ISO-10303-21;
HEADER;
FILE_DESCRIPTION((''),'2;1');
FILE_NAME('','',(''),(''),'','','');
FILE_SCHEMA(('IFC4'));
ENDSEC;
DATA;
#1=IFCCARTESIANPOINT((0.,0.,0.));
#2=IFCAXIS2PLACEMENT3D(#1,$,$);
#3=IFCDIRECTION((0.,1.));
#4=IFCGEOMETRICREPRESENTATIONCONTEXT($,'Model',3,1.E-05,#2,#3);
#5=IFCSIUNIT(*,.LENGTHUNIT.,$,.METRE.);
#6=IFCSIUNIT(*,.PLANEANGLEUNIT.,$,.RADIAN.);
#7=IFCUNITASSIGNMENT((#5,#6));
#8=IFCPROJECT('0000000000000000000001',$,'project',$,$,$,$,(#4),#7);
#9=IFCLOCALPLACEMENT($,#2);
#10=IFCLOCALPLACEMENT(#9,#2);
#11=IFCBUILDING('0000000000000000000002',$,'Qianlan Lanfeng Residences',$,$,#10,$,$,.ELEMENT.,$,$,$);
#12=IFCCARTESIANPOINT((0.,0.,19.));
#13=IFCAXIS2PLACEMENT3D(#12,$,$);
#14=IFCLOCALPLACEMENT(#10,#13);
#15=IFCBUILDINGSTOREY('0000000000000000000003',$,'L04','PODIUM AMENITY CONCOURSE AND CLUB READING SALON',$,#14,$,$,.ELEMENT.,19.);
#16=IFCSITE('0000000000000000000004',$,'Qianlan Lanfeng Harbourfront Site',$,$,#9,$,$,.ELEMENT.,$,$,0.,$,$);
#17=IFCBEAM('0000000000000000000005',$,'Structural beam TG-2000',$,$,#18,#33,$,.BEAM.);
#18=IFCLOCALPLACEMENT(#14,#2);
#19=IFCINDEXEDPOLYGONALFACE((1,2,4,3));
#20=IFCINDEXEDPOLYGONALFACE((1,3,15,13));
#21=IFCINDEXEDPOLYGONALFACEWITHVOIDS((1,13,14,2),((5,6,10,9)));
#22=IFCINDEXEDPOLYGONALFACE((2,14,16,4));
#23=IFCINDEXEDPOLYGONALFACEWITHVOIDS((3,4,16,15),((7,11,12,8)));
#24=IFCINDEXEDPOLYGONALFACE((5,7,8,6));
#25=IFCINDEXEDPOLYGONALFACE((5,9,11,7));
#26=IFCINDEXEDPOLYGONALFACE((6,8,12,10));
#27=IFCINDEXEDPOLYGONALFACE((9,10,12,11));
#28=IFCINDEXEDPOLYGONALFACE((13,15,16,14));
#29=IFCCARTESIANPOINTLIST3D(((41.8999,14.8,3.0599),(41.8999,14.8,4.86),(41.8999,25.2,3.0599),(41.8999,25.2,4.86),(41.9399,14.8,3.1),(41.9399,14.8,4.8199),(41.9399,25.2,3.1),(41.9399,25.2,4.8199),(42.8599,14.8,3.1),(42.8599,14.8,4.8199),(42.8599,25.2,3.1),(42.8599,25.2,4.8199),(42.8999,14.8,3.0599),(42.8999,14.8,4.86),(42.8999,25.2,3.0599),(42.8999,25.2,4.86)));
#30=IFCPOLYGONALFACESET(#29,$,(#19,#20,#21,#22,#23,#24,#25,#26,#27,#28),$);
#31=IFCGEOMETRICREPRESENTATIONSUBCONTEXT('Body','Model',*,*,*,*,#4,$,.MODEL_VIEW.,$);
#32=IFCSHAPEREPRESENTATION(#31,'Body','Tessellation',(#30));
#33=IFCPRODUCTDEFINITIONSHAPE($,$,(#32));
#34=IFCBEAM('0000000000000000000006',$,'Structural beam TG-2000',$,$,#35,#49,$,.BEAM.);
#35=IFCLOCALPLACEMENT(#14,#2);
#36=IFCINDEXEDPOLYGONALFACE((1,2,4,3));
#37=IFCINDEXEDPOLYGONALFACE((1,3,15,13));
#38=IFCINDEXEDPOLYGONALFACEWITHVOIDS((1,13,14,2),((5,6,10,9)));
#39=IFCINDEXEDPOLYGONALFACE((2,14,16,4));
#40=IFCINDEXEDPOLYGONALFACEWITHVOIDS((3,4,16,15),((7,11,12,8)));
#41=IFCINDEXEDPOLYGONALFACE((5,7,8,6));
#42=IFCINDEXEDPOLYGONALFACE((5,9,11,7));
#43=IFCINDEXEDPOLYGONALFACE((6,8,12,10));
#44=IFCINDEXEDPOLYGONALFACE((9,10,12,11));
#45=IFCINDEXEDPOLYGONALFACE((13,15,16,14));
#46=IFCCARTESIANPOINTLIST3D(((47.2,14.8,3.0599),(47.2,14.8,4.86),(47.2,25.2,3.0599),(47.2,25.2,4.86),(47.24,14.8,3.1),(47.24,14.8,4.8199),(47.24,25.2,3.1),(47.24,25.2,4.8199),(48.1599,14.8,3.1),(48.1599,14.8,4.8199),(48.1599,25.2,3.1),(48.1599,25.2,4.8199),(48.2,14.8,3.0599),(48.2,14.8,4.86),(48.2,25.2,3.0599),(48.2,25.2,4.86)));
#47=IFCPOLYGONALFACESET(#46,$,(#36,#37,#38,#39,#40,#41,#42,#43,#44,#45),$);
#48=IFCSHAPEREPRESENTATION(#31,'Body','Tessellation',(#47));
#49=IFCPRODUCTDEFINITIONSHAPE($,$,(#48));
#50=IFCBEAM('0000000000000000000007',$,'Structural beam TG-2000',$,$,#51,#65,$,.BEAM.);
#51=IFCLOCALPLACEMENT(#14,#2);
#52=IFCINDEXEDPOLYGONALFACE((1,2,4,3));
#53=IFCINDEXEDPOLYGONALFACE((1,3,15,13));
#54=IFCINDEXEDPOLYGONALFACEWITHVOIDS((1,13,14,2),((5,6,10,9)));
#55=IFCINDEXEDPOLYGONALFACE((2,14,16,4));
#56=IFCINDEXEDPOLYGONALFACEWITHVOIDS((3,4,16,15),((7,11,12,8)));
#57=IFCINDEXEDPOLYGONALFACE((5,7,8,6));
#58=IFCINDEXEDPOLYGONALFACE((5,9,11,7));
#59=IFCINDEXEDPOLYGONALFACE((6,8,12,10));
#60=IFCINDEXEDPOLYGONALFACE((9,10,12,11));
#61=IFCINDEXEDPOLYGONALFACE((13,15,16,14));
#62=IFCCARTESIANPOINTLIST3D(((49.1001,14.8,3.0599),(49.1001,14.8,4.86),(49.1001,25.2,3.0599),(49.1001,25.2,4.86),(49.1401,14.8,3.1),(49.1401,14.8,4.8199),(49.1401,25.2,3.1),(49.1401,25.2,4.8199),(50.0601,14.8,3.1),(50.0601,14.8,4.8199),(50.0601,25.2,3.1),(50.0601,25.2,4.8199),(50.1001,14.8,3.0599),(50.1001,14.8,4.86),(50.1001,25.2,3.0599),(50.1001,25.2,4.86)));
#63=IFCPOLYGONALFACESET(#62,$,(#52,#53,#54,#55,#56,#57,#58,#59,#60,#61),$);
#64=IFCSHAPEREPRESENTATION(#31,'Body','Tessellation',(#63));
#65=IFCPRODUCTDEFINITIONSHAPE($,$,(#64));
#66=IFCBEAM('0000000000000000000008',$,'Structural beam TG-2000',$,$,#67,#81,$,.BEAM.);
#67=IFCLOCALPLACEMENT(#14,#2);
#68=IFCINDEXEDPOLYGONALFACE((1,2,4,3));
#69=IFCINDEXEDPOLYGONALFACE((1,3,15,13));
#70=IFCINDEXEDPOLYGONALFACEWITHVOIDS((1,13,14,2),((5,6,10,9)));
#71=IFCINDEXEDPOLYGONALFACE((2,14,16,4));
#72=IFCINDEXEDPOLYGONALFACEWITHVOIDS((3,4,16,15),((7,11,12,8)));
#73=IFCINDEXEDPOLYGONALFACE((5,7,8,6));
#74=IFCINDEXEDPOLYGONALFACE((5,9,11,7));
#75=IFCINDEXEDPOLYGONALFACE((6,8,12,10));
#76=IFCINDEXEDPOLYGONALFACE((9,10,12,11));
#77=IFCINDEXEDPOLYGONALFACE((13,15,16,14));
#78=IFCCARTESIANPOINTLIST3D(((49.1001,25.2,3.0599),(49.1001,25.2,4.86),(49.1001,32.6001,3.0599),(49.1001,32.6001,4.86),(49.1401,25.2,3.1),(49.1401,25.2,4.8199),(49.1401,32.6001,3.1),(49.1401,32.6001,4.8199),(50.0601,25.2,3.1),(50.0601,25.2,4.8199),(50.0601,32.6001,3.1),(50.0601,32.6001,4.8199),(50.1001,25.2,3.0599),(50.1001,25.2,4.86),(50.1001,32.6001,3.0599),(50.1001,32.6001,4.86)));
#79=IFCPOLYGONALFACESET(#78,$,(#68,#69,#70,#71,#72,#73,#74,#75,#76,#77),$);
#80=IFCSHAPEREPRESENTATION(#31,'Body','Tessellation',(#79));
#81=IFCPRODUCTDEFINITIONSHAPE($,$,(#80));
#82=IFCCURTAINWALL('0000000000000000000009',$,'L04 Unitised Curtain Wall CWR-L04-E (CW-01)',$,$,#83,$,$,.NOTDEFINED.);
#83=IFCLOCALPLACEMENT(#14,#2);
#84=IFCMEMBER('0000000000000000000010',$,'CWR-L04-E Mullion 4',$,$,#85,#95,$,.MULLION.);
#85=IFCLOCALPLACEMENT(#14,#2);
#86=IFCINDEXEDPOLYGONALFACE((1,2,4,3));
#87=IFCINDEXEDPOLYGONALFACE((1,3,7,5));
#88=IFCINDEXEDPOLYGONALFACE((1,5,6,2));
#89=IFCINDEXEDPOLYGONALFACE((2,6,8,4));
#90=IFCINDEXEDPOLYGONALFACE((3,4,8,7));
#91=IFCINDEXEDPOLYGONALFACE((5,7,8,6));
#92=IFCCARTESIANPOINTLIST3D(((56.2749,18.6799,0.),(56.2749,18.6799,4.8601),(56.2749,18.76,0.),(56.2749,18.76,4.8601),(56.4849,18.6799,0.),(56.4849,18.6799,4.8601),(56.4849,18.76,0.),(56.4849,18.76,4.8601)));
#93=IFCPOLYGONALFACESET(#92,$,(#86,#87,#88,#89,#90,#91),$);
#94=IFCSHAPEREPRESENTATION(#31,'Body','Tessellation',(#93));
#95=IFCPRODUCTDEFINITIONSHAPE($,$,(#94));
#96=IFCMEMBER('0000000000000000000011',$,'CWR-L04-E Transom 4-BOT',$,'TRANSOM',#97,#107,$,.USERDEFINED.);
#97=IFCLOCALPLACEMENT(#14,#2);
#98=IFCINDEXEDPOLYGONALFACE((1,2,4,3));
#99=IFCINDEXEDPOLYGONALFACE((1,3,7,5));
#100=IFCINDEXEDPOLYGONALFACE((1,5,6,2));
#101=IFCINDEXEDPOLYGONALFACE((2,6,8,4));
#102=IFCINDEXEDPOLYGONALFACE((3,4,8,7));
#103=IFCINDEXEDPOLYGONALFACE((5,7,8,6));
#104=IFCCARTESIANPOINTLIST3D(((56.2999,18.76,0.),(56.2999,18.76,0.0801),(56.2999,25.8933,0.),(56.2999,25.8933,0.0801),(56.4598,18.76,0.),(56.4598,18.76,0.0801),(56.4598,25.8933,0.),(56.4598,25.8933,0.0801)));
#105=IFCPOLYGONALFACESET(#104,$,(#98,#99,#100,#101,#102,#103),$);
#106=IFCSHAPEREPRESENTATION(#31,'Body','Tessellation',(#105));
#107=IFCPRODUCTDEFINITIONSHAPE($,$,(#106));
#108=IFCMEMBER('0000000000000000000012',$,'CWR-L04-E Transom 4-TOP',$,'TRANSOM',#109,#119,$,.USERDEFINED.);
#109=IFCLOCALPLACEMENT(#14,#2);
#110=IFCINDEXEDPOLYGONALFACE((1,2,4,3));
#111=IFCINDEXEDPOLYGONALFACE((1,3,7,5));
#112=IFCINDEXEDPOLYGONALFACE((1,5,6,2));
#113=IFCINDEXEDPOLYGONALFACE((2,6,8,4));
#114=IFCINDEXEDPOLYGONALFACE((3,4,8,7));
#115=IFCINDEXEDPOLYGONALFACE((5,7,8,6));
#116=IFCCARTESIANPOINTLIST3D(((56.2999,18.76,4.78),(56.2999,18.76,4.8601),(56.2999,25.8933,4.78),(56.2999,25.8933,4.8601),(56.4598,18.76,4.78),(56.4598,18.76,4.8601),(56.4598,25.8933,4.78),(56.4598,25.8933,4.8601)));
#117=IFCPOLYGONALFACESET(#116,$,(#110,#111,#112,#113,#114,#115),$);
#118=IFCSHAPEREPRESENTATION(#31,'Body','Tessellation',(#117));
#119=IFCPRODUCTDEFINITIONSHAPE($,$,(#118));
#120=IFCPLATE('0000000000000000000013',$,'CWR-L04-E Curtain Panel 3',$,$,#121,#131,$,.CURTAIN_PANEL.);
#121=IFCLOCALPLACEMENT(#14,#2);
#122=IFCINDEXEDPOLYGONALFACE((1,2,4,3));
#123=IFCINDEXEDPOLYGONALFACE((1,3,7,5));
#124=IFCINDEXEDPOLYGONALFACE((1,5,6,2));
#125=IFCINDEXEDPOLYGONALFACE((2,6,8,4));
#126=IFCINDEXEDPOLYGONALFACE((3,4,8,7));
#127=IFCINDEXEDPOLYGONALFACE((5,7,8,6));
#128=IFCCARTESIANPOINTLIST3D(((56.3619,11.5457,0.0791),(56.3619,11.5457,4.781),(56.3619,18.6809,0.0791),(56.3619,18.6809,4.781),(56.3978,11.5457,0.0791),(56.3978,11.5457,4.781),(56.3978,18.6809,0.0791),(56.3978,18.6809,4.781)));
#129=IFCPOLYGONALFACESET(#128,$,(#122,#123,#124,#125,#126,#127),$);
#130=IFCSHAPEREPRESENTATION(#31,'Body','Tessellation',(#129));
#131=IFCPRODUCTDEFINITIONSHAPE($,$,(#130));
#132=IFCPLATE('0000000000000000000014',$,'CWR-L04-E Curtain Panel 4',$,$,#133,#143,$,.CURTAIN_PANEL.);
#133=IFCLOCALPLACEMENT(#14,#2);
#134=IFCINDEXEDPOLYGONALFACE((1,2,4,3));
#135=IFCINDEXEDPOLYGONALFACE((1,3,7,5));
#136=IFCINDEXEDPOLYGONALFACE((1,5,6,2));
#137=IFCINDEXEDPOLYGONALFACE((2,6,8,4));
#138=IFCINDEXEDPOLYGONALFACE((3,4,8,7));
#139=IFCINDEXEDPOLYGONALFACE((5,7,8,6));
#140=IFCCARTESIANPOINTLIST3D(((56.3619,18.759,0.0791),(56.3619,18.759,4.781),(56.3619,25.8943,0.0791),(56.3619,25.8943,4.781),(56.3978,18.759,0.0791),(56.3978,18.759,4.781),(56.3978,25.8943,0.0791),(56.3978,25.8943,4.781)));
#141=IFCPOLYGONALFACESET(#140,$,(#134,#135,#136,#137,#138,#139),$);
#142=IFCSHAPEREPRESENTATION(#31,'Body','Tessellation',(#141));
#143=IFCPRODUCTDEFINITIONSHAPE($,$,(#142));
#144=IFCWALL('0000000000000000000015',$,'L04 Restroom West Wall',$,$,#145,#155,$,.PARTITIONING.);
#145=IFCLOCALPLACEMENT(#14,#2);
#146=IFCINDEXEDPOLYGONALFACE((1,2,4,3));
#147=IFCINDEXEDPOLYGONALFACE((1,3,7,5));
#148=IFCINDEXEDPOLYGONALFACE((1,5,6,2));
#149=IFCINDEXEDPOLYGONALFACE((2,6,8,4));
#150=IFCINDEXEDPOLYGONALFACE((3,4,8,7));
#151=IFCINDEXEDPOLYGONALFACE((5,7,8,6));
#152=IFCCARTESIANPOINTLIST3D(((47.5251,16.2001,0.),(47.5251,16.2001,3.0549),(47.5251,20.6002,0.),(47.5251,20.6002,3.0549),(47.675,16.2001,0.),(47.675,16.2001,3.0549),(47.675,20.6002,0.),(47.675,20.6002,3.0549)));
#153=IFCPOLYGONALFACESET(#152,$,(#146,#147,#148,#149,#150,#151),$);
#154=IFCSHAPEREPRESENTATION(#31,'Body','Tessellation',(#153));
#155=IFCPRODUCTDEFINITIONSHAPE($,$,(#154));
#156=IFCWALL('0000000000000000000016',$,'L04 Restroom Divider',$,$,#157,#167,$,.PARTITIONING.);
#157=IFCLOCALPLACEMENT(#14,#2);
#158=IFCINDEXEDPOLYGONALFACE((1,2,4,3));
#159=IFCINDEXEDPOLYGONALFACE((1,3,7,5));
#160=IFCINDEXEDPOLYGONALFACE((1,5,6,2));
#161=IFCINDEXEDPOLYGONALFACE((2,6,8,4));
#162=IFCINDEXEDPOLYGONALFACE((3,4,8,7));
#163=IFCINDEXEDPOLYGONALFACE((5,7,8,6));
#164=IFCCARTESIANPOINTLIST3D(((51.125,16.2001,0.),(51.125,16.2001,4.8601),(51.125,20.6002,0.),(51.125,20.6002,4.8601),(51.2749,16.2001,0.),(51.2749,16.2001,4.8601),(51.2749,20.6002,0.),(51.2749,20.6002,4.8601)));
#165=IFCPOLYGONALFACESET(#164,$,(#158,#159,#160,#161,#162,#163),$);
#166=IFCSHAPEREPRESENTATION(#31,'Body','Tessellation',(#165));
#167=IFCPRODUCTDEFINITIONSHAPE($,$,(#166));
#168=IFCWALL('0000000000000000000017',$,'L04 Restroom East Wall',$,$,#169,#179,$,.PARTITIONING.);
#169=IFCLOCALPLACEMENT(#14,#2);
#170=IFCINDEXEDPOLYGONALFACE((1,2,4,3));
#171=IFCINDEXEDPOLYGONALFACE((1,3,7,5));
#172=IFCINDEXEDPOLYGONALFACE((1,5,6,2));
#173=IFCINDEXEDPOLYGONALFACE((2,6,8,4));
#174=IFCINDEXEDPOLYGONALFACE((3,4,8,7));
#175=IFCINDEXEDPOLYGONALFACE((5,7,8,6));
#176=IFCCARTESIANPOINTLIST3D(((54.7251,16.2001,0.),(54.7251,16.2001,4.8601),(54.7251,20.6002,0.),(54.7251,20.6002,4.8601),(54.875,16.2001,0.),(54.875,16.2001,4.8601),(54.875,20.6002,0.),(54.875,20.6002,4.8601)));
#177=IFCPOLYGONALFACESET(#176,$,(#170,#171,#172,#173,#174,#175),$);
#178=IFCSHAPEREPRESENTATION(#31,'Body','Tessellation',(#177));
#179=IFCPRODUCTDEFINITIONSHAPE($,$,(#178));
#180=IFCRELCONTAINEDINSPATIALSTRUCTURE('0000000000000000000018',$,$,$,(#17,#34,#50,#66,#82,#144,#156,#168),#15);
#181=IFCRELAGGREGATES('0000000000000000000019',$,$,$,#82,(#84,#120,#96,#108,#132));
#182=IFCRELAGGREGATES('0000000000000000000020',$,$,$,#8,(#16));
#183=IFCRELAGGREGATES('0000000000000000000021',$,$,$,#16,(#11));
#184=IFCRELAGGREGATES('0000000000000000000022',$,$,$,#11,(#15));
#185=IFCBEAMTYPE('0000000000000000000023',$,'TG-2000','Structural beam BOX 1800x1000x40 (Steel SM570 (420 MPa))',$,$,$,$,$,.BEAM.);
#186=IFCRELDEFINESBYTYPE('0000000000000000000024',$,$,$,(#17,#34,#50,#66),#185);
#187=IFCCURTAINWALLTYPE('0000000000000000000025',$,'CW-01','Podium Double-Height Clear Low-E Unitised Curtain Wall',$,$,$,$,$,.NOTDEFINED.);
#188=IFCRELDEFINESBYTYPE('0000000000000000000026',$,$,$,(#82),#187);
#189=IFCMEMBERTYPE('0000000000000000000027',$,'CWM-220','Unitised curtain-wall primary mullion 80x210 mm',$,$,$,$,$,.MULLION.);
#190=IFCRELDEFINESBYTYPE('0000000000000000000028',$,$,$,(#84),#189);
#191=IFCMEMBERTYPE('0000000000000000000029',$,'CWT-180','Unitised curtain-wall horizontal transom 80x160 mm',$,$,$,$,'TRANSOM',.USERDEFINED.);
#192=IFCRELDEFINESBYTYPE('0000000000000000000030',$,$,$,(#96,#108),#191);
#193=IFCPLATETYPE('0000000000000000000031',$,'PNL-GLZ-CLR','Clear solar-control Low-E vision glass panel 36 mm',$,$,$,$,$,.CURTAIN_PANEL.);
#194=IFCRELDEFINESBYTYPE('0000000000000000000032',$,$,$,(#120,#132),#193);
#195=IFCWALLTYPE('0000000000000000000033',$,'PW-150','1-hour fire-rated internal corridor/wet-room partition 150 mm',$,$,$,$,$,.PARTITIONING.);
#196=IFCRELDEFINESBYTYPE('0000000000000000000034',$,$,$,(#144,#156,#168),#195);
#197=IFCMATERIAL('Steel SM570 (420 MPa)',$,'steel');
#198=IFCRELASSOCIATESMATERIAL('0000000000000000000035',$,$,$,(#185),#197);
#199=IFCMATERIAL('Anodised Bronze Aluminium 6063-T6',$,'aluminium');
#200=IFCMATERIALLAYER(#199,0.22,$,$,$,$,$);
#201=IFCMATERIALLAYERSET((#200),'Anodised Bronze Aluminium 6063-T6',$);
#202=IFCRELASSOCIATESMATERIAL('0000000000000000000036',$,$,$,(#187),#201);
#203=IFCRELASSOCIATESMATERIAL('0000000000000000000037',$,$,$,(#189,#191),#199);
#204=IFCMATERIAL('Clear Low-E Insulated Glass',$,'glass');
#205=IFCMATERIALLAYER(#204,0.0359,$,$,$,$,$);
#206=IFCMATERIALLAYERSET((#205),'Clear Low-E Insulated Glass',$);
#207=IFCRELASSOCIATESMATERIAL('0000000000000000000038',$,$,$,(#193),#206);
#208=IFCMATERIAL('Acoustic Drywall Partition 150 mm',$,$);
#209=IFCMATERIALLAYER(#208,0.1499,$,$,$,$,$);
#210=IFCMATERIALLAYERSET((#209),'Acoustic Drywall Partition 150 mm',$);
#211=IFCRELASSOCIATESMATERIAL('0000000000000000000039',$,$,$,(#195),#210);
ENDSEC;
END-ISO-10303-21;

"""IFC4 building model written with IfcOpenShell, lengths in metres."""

from ifc_helpers import new_model, si_unit, direction, frame, frame_2d, origin, origin_2d, place, context, subcontext, project, spatial, rectangle, hollow_rectangle, extrude, source, transform, mapped, material, layer, layer_set, material_profile, profile_set, type_object, element, aggregate, save


model = new_model("IFC4")

# Units and contexts
model_context = context("Model", 3, precision=1e-05, world=origin(), true_north=direction((0.0, 1.0)))
body_context = subcontext(model_context, "Body", "Model", "MODEL_VIEW")
ifc_project = project(units=[si_unit("LENGTHUNIT", "METRE"), si_unit("PLANEANGLEUNIT", "RADIAN")], contexts=[model_context])

# Site, building, storey
site_placement = place(None, origin())
site = spatial("IfcSite", under=ifc_project, at=site_placement, Name="Qianlan Lanfeng Harbourfront Site", CompositionType="ELEMENT", RefElevation=0.0)
building_placement = place(site_placement, origin())
building = spatial("IfcBuilding", under=site, at=building_placement, Name="Qianlan Lanfeng Residences", CompositionType="ELEMENT")
storey_placement = place(building_placement, frame((0.0, 0.0, 19.0)))
storey = spatial("IfcBuildingStorey", under=building, at=storey_placement, Name="L04", Description="PODIUM AMENITY CONCOURSE AND CLUB READING SALON", CompositionType="ELEMENT", Elevation=19.0)

# Shared definitions
ifc_material_1 = material(Name="Steel SM570 (420 MPa)", Category="steel")

# Beams
ifc_material_profile_1 = material_profile(ifc_material_1, hollow_rectangle(XDim=1.0, YDim=1.8, WallThickness=0.04, at=origin_2d()), Name="BOX 1800x1000x40")
ifc_profile_set_1 = profile_set([ifc_material_profile_1], Name="Steel SM570 (420 MPa)")
beam_type_1 = type_object("IfcBeamType", Name="TG-2000", Description="Structural beam BOX 1800x1000x40 (Steel SM570 (420 MPa))", PredefinedType="BEAM", material=ifc_profile_set_1)
for number, where, z_axis, x_axis, name in (
    (1, (42.3999, 14.8, 3.96), (0.0, 1.0, 0.0), (-1.0, 0.0, 0.0), "Structural beam TG-2000"),
    (2, (47.7, 14.8, 3.96), (0.0, 1.0, 0.0), (-1.0, 0.0, 0.0), "Structural beam TG-2000"),
    (3, (49.6001, 14.8, 3.96), (0.0, 1.0, 0.0), (-1.0, 0.0, 0.0), "Structural beam TG-2000"),
):
    element("IfcBeam", number, at=place(storey_placement, frame(where, z_axis=z_axis, x_axis=x_axis)), inside=storey, type_object=beam_type_1, Name=name, PredefinedType="BEAM", context=body_context, shape_type="SweptSolid", body=[
        extrude(hollow_rectangle(XDim=1.0, YDim=1.8, WallThickness=0.04, at=origin_2d()), origin(), (0.0, 0.0, 1.0), 10.3999),
    ])
beam_1_placement = place(storey_placement, frame((49.6001, 25.2, 3.96), z_axis=(0.0, 1.0, 0.0), x_axis=(-1.0, 0.0, 0.0)))
element("IfcBeam", 4, at=beam_1_placement, inside=storey, type_object=beam_type_1, Name="Structural beam TG-2000", PredefinedType="BEAM", context=body_context, shape_type="SweptSolid", body=[
    extrude(hollow_rectangle(XDim=1.0, YDim=1.8, WallThickness=0.04, at=origin_2d()), origin(), (0.0, 0.0, 1.0), 7.4001),
])

# Curtain wall, members, plates
ifc_material_2 = material(Name="Anodised Bronze Aluminium 6063-T6", Category="aluminium")
ifc_layer_1 = layer(ifc_material_2, 0.22)
ifc_layer_set_1 = layer_set([ifc_layer_1], Name="Anodised Bronze Aluminium 6063-T6")
curtain_wall_type = type_object("IfcCurtainWallType", Name="CW-01", Description="Podium Double-Height Clear Low-E Unitised Curtain Wall", PredefinedType="NOTDEFINED", material=ifc_layer_set_1)
curtain_wall_placement = place(storey_placement, origin())
curtain_wall = element("IfcCurtainWall", 5, at=curtain_wall_placement, inside=storey, type_object=curtain_wall_type, Name="L04 Unitised Curtain Wall CWR-L04-E (CW-01)", PredefinedType="NOTDEFINED")
ifc_material_profile_2 = material_profile(ifc_material_2, rectangle(XDim=0.0801, YDim=0.21, at=origin_2d()), Name="ALU MULLION 80x210")
ifc_profile_set_2 = profile_set([ifc_material_profile_2], Name="Anodised Bronze Aluminium 6063-T6")
member_type_1 = type_object("IfcMemberType", Name="CWM-220", Description="Unitised curtain-wall primary mullion 80x210 mm", PredefinedType="MULLION", material=ifc_profile_set_2)
shared_shape_1 = source(origin(), body_context, "Body", "SweptSolid", [
    extrude(rectangle(XDim=0.0801, YDim=0.21, at=origin_2d()), origin(), (0.0, 0.0, 1.0), 4.8601),
])
member_1_placement = place(storey_placement, frame((56.3799, 18.72, 0.0), z_axis=(0.0, 0.0, 1.0), x_axis=(0.0, 1.0, 0.0)))
member_1 = element("IfcMember", 6, at=member_1_placement, type_object=member_type_1, Name="CWR-L04-E Mullion 4", PredefinedType="MULLION", context=body_context, shape_type="MappedRepresentation", body=[
    mapped(shared_shape_1, transform((0.0, 0.0, 0.0), scale=1.0)),
])
ifc_material_profile_3 = material_profile(ifc_material_2, rectangle(XDim=0.0801, YDim=0.1599, at=origin_2d()), Name="ALU TRANSOM 80x160")
ifc_profile_set_3 = profile_set([ifc_material_profile_3], Name="Anodised Bronze Aluminium 6063-T6")
member_type_2 = type_object("IfcMemberType", Name="CWT-180", Description="Unitised curtain-wall horizontal transom 80x160 mm", ElementType="TRANSOM", PredefinedType="USERDEFINED", material=ifc_profile_set_3)
shared_shape_2 = source(origin(), body_context, "Body", "SweptSolid", [
    extrude(rectangle(XDim=0.0801, YDim=0.1599, at=origin_2d()), origin(), (0.0, 0.0, 1.0), 7.1333),
])
member_2_placement = place(storey_placement, frame((56.3799, 18.76, 0.04), z_axis=(0.0, 1.0, 0.0), x_axis=(0.0, 0.0, 1.0)))
member_2 = element("IfcMember", 7, at=member_2_placement, type_object=member_type_2, Name="CWR-L04-E Transom 4-BOT", ObjectType="TRANSOM", PredefinedType="USERDEFINED", context=body_context, shape_type="MappedRepresentation", body=[
    mapped(shared_shape_2, transform((0.0, 0.0, 0.0), scale=1.0)),
])
member_3_placement = place(storey_placement, frame((56.3799, 18.76, 4.8201), z_axis=(0.0, 1.0, 0.0), x_axis=(0.0, 0.0, 1.0)))
member_3 = element("IfcMember", 8, at=member_3_placement, type_object=member_type_2, Name="CWR-L04-E Transom 4-TOP", ObjectType="TRANSOM", PredefinedType="USERDEFINED", context=body_context, shape_type="MappedRepresentation", body=[
    mapped(shared_shape_2, transform((0.0, 0.0, 0.0), scale=1.0)),
])
ifc_material_3 = material(Name="Clear Low-E Insulated Glass", Category="glass")
ifc_layer_2 = layer(ifc_material_3, 0.0359)
ifc_layer_set_2 = layer_set([ifc_layer_2], Name="Clear Low-E Insulated Glass")
plate_type = type_object("IfcPlateType", Name="PNL-GLZ-CLR", Description="Clear solar-control Low-E vision glass panel 36 mm", PredefinedType="CURTAIN_PANEL", material=ifc_layer_set_2)
shared_shape_3 = source(origin(), body_context, "Body", "SweptSolid", [
    extrude(rectangle(XDim=7.1353, YDim=0.0359, at=origin_2d()), origin(), (0.0, 0.0, 1.0), 4.7019),
])
plate_1_placement = place(storey_placement, frame((56.3799, 15.1133, 0.0791), z_axis=(0.0, 0.0, 1.0), x_axis=(0.0, 1.0, 0.0)))
plate_1 = element("IfcPlate", 9, at=plate_1_placement, type_object=plate_type, Name="CWR-L04-E Curtain Panel 3", PredefinedType="CURTAIN_PANEL", context=body_context, shape_type="MappedRepresentation", body=[
    mapped(shared_shape_3, transform((0.0, 0.0, 0.0), scale=1.0)),
])
plate_2_placement = place(storey_placement, frame((56.3799, 22.3267, 0.0791), z_axis=(0.0, 0.0, 1.0), x_axis=(0.0, 1.0, 0.0)))
plate_2 = element("IfcPlate", 10, at=plate_2_placement, type_object=plate_type, Name="CWR-L04-E Curtain Panel 4", PredefinedType="CURTAIN_PANEL", context=body_context, shape_type="MappedRepresentation", body=[
    mapped(shared_shape_3, transform((0.0, 0.0, 0.0), scale=1.0)),
])
aggregate(curtain_wall, [member_1, plate_1, member_2, member_3, plate_2])

# Walls
ifc_material_4 = material(Name="Acoustic Drywall Partition 150 mm")
ifc_layer_3 = layer(ifc_material_4, 0.1499)
ifc_layer_set_3 = layer_set([ifc_layer_3], Name="Acoustic Drywall Partition 150 mm")
wall_type = type_object("IfcWallType", Name="PW-150", Description="1-hour fire-rated internal corridor/wet-room partition 150 mm", PredefinedType="PARTITIONING", material=ifc_layer_set_3)
wall_1_placement = place(storey_placement, frame((47.6001, 16.2, 0.0), z_axis=(0.0, 0.0, 1.0), x_axis=(0.0, 1.0, 0.0)))
element("IfcWall", 11, at=wall_1_placement, inside=storey, type_object=wall_type, Name="L04 Restroom West Wall", PredefinedType="PARTITIONING", context=body_context, shape_type="SweptSolid", body=[
    extrude(rectangle(XDim=4.4001, YDim=0.1499, at=frame_2d((2.2002, 0.0))), origin(), (0.0, 0.0, 1.0), 3.0549),
])
for number, where, z_axis, x_axis, name in (
    (12, (51.2, 16.2, 0.0), (0.0, 0.0, 1.0), (0.0, 1.0, 0.0), "L04 Restroom Divider"),
    (13, (54.8, 16.2, 0.0), (0.0, 0.0, 1.0), (0.0, 1.0, 0.0), "L04 Restroom East Wall"),
):
    element("IfcWall", number, at=place(storey_placement, frame(where, z_axis=z_axis, x_axis=x_axis)), inside=storey, type_object=wall_type, Name=name, PredefinedType="PARTITIONING", context=body_context, shape_type="SweptSolid", body=[
        extrude(rectangle(XDim=4.4001, YDim=0.1499, at=frame_2d((2.2002, 0.0))), origin(), (0.0, 0.0, 1.0), 4.8601),
    ])

save(model, "model.ifc")
